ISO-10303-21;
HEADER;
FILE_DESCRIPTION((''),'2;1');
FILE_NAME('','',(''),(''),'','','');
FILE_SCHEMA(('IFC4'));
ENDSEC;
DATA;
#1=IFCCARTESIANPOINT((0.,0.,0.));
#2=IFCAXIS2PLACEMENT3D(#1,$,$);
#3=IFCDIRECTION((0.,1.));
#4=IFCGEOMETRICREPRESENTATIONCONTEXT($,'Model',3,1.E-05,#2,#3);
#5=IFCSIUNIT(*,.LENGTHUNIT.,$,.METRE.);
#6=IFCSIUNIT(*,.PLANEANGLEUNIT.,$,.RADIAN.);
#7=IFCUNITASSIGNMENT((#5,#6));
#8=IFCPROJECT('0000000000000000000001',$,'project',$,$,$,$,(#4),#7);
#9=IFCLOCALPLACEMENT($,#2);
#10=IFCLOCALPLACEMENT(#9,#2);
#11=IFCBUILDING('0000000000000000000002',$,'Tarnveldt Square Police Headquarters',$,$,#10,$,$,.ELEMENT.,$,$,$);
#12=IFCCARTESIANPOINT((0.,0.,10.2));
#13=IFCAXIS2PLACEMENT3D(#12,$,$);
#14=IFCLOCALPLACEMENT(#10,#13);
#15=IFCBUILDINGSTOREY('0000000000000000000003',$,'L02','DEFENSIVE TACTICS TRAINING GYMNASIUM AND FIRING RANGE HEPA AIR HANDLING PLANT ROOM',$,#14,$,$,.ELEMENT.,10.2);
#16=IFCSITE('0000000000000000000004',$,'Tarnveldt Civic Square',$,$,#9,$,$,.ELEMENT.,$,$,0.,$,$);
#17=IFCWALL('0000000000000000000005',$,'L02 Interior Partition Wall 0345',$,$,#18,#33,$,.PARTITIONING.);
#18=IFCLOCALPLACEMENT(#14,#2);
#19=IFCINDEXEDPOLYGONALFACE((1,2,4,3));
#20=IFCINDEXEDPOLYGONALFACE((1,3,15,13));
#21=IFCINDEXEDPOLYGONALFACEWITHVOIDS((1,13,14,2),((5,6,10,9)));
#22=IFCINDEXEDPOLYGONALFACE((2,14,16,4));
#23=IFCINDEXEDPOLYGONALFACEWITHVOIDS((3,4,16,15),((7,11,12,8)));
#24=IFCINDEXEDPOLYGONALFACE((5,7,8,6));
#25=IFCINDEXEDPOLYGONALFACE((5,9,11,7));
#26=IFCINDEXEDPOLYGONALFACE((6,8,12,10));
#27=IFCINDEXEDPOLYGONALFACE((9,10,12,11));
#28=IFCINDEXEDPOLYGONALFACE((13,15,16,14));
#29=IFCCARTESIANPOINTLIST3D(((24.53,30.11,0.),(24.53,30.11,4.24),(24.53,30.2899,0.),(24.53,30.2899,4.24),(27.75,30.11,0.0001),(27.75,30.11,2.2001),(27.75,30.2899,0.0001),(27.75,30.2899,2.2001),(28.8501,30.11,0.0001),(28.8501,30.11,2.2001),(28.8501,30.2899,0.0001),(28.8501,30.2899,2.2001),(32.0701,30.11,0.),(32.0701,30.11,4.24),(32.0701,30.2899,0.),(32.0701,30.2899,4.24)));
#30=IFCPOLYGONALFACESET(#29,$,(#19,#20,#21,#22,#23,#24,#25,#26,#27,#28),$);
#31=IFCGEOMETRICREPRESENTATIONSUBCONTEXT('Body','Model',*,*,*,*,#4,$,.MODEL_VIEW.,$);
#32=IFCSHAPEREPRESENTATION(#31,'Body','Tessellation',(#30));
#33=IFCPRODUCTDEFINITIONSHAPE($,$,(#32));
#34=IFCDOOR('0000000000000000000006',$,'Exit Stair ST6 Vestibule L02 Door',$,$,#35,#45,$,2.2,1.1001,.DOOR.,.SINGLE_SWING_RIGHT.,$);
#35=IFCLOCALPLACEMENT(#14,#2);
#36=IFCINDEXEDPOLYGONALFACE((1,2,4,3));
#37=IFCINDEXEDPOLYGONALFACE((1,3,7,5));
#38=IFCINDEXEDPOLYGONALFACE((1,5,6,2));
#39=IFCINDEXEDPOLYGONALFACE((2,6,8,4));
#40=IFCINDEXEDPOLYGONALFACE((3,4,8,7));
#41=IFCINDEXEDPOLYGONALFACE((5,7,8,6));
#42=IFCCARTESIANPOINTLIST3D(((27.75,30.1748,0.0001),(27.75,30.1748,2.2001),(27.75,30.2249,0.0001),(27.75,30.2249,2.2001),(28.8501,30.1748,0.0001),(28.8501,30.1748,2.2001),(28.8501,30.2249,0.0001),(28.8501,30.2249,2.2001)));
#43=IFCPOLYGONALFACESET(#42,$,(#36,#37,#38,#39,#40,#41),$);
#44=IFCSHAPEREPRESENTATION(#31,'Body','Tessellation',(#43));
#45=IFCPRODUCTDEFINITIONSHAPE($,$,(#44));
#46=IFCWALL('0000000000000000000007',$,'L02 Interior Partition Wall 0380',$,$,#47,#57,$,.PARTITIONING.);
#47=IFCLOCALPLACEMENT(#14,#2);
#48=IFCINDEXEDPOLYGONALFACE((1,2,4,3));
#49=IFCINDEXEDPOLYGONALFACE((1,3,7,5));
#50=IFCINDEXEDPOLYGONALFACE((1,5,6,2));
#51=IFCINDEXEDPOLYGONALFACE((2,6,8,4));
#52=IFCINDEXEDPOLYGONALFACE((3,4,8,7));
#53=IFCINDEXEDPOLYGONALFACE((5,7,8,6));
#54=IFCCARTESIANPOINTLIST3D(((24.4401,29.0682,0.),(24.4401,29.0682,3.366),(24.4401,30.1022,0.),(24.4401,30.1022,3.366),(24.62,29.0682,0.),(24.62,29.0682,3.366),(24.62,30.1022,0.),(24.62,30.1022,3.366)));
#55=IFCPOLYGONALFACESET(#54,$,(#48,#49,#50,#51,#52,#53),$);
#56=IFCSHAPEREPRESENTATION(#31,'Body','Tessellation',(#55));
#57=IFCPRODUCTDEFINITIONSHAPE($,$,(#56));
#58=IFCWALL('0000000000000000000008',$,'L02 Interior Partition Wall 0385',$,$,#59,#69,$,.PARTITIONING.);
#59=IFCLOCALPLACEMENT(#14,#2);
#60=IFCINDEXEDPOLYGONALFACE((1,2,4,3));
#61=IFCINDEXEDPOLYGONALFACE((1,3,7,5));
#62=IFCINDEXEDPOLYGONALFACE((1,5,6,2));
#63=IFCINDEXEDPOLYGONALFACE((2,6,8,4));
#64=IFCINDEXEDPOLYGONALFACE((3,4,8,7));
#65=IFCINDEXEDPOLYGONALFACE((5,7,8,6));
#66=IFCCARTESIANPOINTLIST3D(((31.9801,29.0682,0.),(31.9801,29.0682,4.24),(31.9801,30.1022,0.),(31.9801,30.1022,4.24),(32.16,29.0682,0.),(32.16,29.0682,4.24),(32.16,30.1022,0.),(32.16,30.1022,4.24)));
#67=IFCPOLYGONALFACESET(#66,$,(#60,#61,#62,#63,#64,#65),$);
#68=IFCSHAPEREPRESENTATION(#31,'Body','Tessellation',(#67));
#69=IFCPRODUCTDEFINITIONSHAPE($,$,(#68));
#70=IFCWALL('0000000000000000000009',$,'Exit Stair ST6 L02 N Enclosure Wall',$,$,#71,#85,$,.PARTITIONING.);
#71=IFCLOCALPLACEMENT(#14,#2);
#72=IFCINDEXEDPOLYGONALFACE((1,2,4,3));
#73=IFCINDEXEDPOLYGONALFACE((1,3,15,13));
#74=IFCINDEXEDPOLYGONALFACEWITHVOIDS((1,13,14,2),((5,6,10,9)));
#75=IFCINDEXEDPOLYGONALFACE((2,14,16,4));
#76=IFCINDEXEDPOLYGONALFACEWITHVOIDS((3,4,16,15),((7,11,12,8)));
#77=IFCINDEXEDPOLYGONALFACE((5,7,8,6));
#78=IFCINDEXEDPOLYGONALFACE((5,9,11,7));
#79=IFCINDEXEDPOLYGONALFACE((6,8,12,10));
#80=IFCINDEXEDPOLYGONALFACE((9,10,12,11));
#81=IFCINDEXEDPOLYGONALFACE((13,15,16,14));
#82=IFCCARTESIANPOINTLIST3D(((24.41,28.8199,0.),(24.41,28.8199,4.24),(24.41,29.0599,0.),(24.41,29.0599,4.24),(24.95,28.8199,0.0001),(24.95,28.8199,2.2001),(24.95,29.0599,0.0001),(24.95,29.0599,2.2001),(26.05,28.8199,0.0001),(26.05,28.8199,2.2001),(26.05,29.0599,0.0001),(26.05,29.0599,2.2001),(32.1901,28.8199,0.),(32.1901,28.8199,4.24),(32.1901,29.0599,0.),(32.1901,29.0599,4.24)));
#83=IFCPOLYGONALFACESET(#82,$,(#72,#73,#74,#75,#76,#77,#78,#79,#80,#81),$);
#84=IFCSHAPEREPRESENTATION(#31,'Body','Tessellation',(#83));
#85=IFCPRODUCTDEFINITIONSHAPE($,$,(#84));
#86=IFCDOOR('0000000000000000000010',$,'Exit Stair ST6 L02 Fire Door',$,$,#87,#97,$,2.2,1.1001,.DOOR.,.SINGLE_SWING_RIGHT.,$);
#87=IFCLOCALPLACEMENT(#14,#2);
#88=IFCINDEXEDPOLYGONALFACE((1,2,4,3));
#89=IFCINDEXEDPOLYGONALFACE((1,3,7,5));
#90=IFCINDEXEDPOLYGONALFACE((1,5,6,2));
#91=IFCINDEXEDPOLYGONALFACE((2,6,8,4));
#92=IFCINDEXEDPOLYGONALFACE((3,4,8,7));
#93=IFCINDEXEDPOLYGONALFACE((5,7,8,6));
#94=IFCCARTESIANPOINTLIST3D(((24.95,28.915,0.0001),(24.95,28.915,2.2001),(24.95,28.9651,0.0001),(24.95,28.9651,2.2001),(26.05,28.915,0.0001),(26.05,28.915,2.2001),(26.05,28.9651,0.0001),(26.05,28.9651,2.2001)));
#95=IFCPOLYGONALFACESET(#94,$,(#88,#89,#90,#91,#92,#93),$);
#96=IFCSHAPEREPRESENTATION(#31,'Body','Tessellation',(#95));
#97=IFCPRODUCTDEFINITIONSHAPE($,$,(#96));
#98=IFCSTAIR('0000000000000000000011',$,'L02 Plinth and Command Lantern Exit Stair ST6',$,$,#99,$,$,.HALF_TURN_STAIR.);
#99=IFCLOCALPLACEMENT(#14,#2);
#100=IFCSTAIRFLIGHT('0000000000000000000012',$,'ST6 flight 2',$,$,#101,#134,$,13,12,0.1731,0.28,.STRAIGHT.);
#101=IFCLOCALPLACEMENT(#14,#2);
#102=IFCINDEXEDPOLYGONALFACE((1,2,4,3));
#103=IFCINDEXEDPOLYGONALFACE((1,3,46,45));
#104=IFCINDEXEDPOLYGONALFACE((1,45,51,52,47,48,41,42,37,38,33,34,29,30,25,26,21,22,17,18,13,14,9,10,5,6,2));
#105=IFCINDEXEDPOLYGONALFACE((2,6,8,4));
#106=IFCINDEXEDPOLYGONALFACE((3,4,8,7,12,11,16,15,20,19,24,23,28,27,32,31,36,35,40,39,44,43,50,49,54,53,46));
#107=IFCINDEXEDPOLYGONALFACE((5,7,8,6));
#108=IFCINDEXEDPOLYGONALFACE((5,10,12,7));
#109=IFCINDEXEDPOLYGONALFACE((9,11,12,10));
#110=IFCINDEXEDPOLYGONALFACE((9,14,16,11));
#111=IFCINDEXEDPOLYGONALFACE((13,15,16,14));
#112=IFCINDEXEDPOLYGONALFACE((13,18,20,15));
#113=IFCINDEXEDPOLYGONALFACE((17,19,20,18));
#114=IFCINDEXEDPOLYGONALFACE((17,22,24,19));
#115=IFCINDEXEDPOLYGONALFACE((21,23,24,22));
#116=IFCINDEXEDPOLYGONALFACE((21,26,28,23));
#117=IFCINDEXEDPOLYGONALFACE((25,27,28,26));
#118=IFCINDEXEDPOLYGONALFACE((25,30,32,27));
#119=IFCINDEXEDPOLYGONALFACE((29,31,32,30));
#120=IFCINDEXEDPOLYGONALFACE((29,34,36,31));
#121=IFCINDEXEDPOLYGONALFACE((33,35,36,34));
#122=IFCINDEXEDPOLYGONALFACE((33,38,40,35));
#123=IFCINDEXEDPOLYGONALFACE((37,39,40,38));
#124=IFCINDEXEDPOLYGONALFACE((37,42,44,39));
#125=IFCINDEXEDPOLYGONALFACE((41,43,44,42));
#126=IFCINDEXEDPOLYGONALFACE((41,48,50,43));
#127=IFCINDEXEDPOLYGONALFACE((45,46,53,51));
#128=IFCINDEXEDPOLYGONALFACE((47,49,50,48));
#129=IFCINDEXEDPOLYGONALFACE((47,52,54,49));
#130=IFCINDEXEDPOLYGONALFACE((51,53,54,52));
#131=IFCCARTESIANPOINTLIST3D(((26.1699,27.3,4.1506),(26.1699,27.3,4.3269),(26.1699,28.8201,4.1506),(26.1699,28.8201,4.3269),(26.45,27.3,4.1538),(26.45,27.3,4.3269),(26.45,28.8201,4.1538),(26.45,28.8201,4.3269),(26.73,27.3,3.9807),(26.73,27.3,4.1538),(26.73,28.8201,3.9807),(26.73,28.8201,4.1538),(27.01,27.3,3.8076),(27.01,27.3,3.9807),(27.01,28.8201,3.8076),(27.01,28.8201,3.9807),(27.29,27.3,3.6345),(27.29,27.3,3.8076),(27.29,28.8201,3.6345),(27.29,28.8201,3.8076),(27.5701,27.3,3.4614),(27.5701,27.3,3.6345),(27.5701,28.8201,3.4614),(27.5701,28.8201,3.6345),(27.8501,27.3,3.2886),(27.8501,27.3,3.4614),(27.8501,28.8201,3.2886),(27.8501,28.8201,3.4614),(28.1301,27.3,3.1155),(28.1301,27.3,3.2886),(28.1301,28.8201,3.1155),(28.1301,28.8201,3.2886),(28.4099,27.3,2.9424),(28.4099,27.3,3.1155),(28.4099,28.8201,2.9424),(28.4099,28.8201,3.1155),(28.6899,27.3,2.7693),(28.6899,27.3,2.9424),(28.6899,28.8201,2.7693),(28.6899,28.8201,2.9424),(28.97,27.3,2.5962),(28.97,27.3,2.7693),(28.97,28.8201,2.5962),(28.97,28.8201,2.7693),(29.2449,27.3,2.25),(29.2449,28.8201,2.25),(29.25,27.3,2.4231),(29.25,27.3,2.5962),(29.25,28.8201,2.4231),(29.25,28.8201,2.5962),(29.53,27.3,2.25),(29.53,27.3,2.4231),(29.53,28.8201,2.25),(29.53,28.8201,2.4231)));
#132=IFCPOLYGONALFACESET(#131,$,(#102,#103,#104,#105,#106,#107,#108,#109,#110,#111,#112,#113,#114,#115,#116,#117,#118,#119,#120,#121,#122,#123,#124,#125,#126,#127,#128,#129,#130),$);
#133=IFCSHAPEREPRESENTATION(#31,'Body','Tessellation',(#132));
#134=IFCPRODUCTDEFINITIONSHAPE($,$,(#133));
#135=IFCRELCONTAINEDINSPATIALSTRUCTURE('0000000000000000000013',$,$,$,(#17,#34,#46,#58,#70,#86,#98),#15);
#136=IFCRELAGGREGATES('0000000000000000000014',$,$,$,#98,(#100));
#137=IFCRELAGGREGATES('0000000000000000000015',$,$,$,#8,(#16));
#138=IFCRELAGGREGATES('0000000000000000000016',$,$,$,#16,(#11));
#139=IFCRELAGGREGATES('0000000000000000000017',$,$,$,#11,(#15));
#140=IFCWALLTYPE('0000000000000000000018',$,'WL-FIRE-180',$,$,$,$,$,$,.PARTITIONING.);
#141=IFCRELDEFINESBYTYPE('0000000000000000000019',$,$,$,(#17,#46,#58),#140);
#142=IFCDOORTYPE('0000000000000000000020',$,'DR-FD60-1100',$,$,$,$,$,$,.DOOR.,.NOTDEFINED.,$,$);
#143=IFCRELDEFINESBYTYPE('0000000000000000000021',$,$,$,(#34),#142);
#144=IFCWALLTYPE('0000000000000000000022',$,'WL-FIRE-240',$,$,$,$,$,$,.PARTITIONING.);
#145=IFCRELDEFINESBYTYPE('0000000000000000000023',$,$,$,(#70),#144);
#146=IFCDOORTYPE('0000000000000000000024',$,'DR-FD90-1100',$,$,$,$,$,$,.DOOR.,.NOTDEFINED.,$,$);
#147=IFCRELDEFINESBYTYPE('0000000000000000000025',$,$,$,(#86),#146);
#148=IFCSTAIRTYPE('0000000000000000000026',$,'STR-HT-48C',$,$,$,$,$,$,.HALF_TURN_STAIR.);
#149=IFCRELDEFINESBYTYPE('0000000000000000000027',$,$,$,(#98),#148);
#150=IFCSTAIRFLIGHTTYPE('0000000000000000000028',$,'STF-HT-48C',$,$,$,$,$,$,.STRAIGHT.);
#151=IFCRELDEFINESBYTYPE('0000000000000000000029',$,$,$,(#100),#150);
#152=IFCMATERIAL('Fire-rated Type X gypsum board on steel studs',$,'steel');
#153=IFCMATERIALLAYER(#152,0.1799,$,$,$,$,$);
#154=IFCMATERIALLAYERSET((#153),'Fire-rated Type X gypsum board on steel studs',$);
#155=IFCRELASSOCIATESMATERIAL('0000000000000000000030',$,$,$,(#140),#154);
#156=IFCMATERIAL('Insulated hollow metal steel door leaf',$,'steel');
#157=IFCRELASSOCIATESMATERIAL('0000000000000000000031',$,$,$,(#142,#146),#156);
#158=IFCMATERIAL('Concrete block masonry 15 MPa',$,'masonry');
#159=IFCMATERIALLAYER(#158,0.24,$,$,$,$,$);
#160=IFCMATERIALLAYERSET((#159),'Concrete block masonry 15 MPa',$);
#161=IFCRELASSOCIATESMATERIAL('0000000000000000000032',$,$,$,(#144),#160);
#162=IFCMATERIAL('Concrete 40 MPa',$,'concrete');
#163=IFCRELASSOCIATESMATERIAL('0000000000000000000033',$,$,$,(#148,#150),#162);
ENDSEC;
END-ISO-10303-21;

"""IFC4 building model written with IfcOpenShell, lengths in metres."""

from ifc_helpers import new_model, si_unit, direction, frame, frame_2d, origin, place, context, subcontext, project, spatial, polyline, rectangle, outline, extrude, material, layer, layer_set, type_object, element, fill, aggregate, save


model = new_model("IFC4")

# Units and contexts
model_context = context("Model", 3, precision=1e-05, world=origin(), true_north=direction((0.0, 1.0)))
body_context = subcontext(model_context, "Body", "Model", "MODEL_VIEW")
ifc_project = project(units=[si_unit("LENGTHUNIT", "METRE"), si_unit("PLANEANGLEUNIT", "RADIAN")], contexts=[model_context])

# Site, building, storey
site_placement = place(None, origin())
site = spatial("IfcSite", under=ifc_project, at=site_placement, Name="Tarnveldt Civic Square", CompositionType="ELEMENT", RefElevation=0.0)
building_placement = place(site_placement, origin())
building = spatial("IfcBuilding", under=site, at=building_placement, Name="Tarnveldt Square Police Headquarters", CompositionType="ELEMENT")
storey_placement = place(building_placement, frame((0.0, 0.0, 10.2)))
storey = spatial("IfcBuildingStorey", under=building, at=storey_placement, Name="L02", Description="DEFENSIVE TACTICS TRAINING GYMNASIUM AND FIRING RANGE HEPA AIR HANDLING PLANT ROOM", CompositionType="ELEMENT", Elevation=10.2)

# Shared definitions
ifc_material_1 = material(Name="Concrete 40 MPa", Category="concrete")

# Shared definitions
ifc_material_2 = material(Name="Fire-rated Type X gypsum board on steel studs", Category="steel")
ifc_layer_1 = layer(ifc_material_2, 0.1799)
ifc_layer_set_1 = layer_set([ifc_layer_1], Name="Fire-rated Type X gypsum board on steel studs")
wall_type_1 = type_object("IfcWallType", Name="WL-FIRE-180", PredefinedType="PARTITIONING", material=ifc_layer_set_1)

# Wall, opening, door
wall_1_placement = place(storey_placement, frame((24.53, 30.2, 0.0), z_axis=(0.0, 0.0, 1.0), x_axis=(1.0, 0.0, 0.0)))
wall_1 = element("IfcWall", 1, at=wall_1_placement, inside=storey, type_object=wall_type_1, Name="L02 Interior Partition Wall 0345", PredefinedType="PARTITIONING", context=body_context, shape_type="SweptSolid", body=[
    extrude(rectangle(XDim=7.54, YDim=0.1799, at=frame_2d((3.77, 0.0))), origin(), (0.0, 0.0, 1.0), 4.24),
])
opening_1_placement = place(wall_1_placement, frame((3.22, 0.0, 0.0)))
opening_1 = element("IfcOpeningElement", 2, at=opening_1_placement, cuts=wall_1, PredefinedType="OPENING", context=body_context, shape_type="SweptSolid", body=[
    extrude(rectangle(XDim=1.1001, YDim=2.2, at=frame_2d((0.55, 1.1001))), frame((0.0, 0.0999, 0.0), z_axis=(0.0, -1.0, 0.0), x_axis=(1.0, 0.0, 0.0)), (0.0, 0.0, 1.0), 0.2),
])
ifc_material_3 = material(Name="Insulated hollow metal steel door leaf", Category="steel")
door_type_1 = type_object("IfcDoorType", Name="DR-FD60-1100", OperationType="NOTDEFINED", PredefinedType="DOOR", material=ifc_material_3)
door_1_placement = place(opening_1_placement, origin())
door_1 = element("IfcDoor", 3, at=door_1_placement, inside=storey, type_object=door_type_1, Name="Exit Stair ST6 Vestibule L02 Door", OperationType="SINGLE_SWING_RIGHT", OverallHeight=2.2, OverallWidth=1.1001, PredefinedType="DOOR", context=body_context, shape_type="SweptSolid", body=[
    extrude(rectangle(XDim=1.1001, YDim=2.2, at=frame_2d((0.55, 1.1001))), frame((0.0, 0.0249, 0.0), z_axis=(0.0, -1.0, 0.0), x_axis=(1.0, 0.0, 0.0)), (0.0, 0.0, 1.0), 0.05),
])
fill(opening_1, door_1)

# Walls
wall_2_placement = place(storey_placement, frame((24.53, 29.0681, 0.0), z_axis=(0.0, 0.0, 1.0), x_axis=(0.0, 1.0, 0.0)))
element("IfcWall", 4, at=wall_2_placement, inside=storey, type_object=wall_type_1, Name="L02 Interior Partition Wall 0380", PredefinedType="PARTITIONING", context=body_context, shape_type="SweptSolid", body=[
    extrude(rectangle(XDim=1.0339, YDim=0.1799, at=frame_2d((0.5171, 0.0))), origin(), (0.0, 0.0, 1.0), 3.366),
])
wall_3_placement = place(storey_placement, frame((32.0701, 29.0681, 0.0), z_axis=(0.0, 0.0, 1.0), x_axis=(0.0, 1.0, 0.0)))
element("IfcWall", 5, at=wall_3_placement, inside=storey, type_object=wall_type_1, Name="L02 Interior Partition Wall 0385", PredefinedType="PARTITIONING", context=body_context, shape_type="SweptSolid", body=[
    extrude(rectangle(XDim=1.0339, YDim=0.1799, at=frame_2d((0.5171, 0.0))), origin(), (0.0, 0.0, 1.0), 4.24),
])

# Wall, opening, door
ifc_material_4 = material(Name="Concrete block masonry 15 MPa", Category="masonry")
ifc_layer_2 = layer(ifc_material_4, 0.24)
ifc_layer_set_2 = layer_set([ifc_layer_2], Name="Concrete block masonry 15 MPa")
wall_type_2 = type_object("IfcWallType", Name="WL-FIRE-240", PredefinedType="PARTITIONING", material=ifc_layer_set_2)
wall_4_placement = place(storey_placement, frame((24.4099, 28.9399, 0.0), z_axis=(0.0, 0.0, 1.0), x_axis=(1.0, 0.0, 0.0)))
wall_4 = element("IfcWall", 6, at=wall_4_placement, inside=storey, type_object=wall_type_2, Name="Exit Stair ST6 L02 N Enclosure Wall", PredefinedType="PARTITIONING", context=body_context, shape_type="SweptSolid", body=[
    extrude(rectangle(XDim=7.78, YDim=0.24, at=frame_2d((3.8901, 0.0))), origin(), (0.0, 0.0, 1.0), 4.24),
])
opening_2_placement = place(wall_4_placement, frame((0.54, 0.0, 0.0)))
opening_2 = element("IfcOpeningElement", 7, at=opening_2_placement, cuts=wall_4, PredefinedType="OPENING", context=body_context, shape_type="SweptSolid", body=[
    extrude(rectangle(XDim=1.1001, YDim=2.2, at=frame_2d((0.55, 1.1001))), frame((0.0, 0.1299, 0.0), z_axis=(0.0, -1.0, 0.0), x_axis=(1.0, 0.0, 0.0)), (0.0, 0.0, 1.0), 0.26),
])
door_type_2 = type_object("IfcDoorType", Name="DR-FD90-1100", OperationType="NOTDEFINED", PredefinedType="DOOR", material=ifc_material_3)
door_2_placement = place(opening_2_placement, frame((1.1001, 0.0, 0.0), z_axis=(0.0, 0.0, 1.0), x_axis=(-1.0, 0.0, 0.0)))
door_2 = element("IfcDoor", 8, at=door_2_placement, inside=storey, type_object=door_type_2, Name="Exit Stair ST6 L02 Fire Door", OperationType="SINGLE_SWING_RIGHT", OverallHeight=2.2, OverallWidth=1.1001, PredefinedType="DOOR", context=body_context, shape_type="SweptSolid", body=[
    extrude(rectangle(XDim=1.1001, YDim=2.2, at=frame_2d((0.55, 1.1001))), frame((0.0, 0.0249, 0.0), z_axis=(0.0, -1.0, 0.0), x_axis=(1.0, 0.0, 0.0)), (0.0, 0.0, 1.0), 0.05),
])
fill(opening_2, door_2)

# Stair, stair flight
stair_type = type_object("IfcStairType", Name="STR-HT-48C", PredefinedType="HALF_TURN_STAIR", material=ifc_material_1)
stair_placement = place(storey_placement, origin())
stair = element("IfcStair", 9, at=stair_placement, inside=storey, type_object=stair_type, Name="L02 Plinth and Command Lantern Exit Stair ST6", PredefinedType="HALF_TURN_STAIR")
stair_flight_type = type_object("IfcStairFlightType", Name="STF-HT-48C", PredefinedType="STRAIGHT", material=ifc_material_1)
stair_flight_placement = place(storey_placement, frame((29.53, 28.0601, 2.25), z_axis=(0.0, 0.0, 1.0), x_axis=(-1.0, 0.0, 0.0)))
stair_flight = element("IfcStairFlight", 10, at=stair_flight_placement, type_object=stair_flight_type, Name="ST6 flight 2", NumberOfRisers=13, NumberOfTreads=12, PredefinedType="STRAIGHT", RiserHeight=0.1731, TreadLength=0.28, context=body_context, shape_type="SweptSolid", body=[
    extrude(outline(polyline([(0.0, 0.0), (0.0, 0.1731), (0.28, 0.1731), (0.28, 0.3462), (0.5601, 0.3462), (0.5601, 0.5193), (0.8401, 0.5193), (0.8401, 0.6924), (1.1201, 0.6924), (1.1201, 0.8655), (1.3999, 0.8655), (1.3999, 1.0386), (1.6799, 1.0386), (1.6799, 1.2114), (1.96, 1.2114), (1.96, 1.3845), (2.24, 1.3845), (2.24, 1.5576), (2.52, 1.5576), (2.52, 1.7307), (2.8, 1.7307), (2.8, 1.9038), (3.0801, 1.9038), (3.0801, 2.0769), (3.3601, 2.0769), (3.3601, 2.25), (3.3601, 1.9006), (0.2852, 0.0), (0.0, 0.0)])), frame((0.0, 0.76, 0.0), z_axis=(0.0, -1.0, 0.0), x_axis=(1.0, 0.0, 0.0)), (0.0, 0.0, 1.0), 1.52),
])
aggregate(stair, [stair_flight])

save(model, "model.ifc")
